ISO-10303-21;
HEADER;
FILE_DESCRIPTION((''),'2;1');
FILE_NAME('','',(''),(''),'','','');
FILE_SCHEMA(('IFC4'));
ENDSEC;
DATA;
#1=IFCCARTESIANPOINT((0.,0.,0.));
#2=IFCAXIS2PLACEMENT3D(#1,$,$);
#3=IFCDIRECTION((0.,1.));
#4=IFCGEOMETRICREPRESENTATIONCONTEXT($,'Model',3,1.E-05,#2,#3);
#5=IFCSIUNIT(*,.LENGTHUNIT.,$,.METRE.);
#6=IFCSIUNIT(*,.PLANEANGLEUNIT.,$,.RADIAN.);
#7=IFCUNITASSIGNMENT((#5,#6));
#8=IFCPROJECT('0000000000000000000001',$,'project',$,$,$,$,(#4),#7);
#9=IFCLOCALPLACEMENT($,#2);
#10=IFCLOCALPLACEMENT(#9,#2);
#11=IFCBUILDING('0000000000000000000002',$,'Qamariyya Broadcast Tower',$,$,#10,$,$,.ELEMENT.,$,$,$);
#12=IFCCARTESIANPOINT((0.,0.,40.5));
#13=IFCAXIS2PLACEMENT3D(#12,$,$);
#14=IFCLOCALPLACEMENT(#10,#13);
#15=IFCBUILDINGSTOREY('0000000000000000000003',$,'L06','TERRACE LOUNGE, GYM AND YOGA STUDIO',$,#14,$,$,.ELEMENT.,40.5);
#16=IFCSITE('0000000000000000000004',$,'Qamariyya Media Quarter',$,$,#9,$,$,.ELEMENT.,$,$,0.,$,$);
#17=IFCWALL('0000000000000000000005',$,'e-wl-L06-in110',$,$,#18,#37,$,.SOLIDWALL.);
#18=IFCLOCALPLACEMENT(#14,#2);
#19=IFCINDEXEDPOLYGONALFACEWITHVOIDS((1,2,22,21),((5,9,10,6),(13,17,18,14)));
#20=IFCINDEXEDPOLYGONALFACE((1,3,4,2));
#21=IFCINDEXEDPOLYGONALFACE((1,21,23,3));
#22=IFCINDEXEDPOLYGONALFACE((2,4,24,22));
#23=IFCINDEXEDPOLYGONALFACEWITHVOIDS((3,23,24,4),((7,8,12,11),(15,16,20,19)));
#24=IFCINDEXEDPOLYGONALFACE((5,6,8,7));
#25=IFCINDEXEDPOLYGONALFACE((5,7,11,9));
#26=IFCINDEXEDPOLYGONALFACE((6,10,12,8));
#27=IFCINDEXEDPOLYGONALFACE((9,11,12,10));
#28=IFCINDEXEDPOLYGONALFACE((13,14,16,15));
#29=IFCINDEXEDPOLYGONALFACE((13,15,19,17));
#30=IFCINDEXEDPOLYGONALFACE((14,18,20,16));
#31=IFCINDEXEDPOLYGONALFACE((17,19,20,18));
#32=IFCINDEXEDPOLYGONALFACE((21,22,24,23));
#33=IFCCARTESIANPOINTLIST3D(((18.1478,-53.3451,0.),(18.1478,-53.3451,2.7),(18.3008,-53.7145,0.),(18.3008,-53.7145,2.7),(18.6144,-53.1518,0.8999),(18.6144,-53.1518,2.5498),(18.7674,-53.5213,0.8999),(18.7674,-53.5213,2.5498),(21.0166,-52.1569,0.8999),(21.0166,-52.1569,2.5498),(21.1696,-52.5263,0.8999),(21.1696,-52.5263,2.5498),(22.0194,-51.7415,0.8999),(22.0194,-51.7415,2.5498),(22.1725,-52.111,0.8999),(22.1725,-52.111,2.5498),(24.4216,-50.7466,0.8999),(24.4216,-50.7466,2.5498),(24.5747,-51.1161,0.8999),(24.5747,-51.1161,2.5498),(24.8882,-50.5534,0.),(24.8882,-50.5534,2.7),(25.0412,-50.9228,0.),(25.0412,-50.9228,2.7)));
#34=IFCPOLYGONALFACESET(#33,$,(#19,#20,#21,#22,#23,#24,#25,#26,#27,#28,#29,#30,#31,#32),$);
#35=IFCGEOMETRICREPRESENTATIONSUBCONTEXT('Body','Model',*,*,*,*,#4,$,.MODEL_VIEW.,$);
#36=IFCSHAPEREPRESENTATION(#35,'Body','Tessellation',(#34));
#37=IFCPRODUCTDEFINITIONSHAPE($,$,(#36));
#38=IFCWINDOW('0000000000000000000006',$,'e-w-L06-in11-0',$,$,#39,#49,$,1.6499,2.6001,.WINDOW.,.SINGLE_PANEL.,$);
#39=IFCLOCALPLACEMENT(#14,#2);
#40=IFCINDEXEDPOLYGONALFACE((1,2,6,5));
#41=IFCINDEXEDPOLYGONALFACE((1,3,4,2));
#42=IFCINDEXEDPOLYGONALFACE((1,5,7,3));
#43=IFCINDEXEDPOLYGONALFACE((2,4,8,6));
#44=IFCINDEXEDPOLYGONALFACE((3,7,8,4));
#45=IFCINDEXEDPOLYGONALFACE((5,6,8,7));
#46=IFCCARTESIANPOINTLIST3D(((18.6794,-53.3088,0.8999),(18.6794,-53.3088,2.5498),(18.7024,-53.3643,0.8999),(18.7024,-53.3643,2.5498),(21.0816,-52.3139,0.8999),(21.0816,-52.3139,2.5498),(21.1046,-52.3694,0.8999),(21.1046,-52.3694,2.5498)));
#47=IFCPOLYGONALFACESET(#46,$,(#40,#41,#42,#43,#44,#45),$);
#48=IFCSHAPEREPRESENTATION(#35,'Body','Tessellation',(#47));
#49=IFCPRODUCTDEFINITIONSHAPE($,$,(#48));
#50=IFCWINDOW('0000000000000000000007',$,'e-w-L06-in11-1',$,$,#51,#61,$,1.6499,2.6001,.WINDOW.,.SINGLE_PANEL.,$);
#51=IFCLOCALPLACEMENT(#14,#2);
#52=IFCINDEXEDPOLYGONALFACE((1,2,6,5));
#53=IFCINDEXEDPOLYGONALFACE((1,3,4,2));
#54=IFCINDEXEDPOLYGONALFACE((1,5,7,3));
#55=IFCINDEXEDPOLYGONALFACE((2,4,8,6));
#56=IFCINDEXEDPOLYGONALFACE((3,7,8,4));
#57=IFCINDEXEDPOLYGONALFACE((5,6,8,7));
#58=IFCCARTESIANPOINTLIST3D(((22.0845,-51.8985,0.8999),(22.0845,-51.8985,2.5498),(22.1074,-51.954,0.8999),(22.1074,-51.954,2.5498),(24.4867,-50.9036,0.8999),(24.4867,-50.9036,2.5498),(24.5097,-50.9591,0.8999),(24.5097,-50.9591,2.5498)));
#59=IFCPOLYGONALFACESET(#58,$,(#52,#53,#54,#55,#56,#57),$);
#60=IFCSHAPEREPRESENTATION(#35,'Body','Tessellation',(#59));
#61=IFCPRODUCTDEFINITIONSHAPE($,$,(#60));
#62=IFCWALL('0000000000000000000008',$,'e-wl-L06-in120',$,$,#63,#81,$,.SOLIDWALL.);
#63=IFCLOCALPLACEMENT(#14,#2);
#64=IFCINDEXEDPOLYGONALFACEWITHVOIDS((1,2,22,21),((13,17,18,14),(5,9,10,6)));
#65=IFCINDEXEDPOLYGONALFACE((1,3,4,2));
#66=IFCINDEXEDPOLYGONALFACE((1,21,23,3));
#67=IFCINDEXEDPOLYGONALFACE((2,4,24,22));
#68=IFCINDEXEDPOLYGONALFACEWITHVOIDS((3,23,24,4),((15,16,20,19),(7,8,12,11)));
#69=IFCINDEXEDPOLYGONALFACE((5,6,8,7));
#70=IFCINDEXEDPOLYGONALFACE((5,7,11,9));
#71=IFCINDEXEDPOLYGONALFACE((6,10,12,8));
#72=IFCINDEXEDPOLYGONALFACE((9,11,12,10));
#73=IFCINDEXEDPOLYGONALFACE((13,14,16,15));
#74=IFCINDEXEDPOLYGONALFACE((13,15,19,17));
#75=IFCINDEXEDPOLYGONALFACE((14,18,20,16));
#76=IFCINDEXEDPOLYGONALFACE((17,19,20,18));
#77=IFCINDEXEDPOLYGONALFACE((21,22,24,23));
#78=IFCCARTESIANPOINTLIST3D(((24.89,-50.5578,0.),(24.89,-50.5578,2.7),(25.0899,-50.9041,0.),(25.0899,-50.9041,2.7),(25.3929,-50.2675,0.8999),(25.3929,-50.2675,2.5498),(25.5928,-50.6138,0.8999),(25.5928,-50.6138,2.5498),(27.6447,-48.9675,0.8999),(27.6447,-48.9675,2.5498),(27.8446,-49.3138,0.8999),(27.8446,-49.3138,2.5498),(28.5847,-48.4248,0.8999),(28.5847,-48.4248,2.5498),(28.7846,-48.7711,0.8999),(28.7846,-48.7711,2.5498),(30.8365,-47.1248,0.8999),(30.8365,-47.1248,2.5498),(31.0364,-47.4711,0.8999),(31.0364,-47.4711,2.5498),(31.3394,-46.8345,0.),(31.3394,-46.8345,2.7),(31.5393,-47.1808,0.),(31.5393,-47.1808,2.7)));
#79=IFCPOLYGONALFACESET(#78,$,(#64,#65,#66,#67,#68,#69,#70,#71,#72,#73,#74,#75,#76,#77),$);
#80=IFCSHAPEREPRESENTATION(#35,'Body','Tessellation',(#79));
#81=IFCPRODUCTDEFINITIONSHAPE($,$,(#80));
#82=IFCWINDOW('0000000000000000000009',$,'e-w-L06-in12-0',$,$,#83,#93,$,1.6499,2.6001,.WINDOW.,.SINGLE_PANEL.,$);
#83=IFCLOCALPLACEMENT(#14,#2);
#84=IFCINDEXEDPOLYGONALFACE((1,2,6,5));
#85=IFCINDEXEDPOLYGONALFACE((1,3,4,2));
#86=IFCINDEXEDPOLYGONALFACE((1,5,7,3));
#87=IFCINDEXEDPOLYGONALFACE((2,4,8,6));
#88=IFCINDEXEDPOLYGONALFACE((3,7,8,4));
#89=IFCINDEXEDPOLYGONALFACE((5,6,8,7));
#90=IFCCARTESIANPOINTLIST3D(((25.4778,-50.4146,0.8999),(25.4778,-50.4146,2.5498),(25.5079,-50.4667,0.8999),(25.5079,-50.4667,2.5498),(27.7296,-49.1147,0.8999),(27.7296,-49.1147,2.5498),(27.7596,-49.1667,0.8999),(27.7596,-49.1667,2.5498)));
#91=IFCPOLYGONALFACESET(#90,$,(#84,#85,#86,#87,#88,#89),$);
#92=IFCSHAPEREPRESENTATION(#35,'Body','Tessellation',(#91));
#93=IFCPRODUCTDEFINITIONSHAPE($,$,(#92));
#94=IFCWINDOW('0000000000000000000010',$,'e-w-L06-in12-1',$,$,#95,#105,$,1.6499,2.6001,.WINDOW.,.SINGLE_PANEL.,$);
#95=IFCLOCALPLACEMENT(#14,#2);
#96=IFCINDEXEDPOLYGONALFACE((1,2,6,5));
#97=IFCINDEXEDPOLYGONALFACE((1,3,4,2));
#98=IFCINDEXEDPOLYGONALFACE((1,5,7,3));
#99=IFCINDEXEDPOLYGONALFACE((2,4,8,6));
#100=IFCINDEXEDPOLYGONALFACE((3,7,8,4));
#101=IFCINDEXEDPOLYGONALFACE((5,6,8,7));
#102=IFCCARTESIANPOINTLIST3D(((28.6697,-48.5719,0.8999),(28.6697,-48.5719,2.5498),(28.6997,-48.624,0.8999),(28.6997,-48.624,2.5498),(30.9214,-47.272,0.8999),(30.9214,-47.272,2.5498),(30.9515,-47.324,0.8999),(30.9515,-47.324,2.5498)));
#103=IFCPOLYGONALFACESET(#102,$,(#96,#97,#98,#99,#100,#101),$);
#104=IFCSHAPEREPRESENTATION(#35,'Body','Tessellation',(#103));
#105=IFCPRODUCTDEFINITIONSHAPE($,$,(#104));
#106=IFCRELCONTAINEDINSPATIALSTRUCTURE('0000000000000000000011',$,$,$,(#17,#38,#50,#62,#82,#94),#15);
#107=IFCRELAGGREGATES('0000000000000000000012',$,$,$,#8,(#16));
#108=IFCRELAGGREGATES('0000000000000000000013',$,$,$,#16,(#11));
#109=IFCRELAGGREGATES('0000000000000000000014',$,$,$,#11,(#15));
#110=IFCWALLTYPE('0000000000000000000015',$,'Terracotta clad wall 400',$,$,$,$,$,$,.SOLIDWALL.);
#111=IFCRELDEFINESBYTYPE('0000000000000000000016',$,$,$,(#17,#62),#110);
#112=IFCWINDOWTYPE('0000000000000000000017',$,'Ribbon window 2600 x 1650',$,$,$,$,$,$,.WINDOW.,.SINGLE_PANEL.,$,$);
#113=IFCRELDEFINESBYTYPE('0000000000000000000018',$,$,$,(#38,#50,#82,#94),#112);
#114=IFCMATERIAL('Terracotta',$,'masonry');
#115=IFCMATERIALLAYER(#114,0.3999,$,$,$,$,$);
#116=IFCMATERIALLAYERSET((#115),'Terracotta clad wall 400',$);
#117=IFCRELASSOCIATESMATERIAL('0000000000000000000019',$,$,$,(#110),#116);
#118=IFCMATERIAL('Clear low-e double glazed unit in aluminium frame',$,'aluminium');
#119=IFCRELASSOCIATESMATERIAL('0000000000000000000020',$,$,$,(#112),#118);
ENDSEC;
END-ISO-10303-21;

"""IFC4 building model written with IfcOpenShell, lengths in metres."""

from ifc_helpers import new_model, si_unit, direction, frame, frame_2d, origin, place, context, subcontext, project, spatial, rectangle, extrude, material, layer, layer_set, type_object, element, fill, save


model = new_model("IFC4")

# Units and contexts
model_context = context("Model", 3, precision=1e-05, world=origin(), true_north=direction((0.0, 1.0)))
body_context = subcontext(model_context, "Body", "Model", "MODEL_VIEW")
ifc_project = project(units=[si_unit("LENGTHUNIT", "METRE"), si_unit("PLANEANGLEUNIT", "RADIAN")], contexts=[model_context])

# Site, building, storey
site_placement = place(None, origin())
site = spatial("IfcSite", under=ifc_project, at=site_placement, Name="Qamariyya Media Quarter", CompositionType="ELEMENT", RefElevation=0.0)
building_placement = place(site_placement, origin())
building = spatial("IfcBuilding", under=site, at=building_placement, Name="Qamariyya Broadcast Tower", CompositionType="ELEMENT")
storey_placement = place(building_placement, frame((0.0, 0.0, 40.5)))
storey = spatial("IfcBuildingStorey", under=building, at=storey_placement, Name="L06", Description="TERRACE LOUNGE, GYM AND YOGA STUDIO", CompositionType="ELEMENT", Elevation=40.5)

# Walls, openings, windows
ifc_material_1 = material(Name="Terracotta", Category="masonry")
ifc_layer_1 = layer(ifc_material_1, 0.3999)
ifc_layer_set_1 = layer_set([ifc_layer_1], Name="Terracotta clad wall 400")
wall_type_1 = type_object("IfcWallType", Name="Terracotta clad wall 400", PredefinedType="SOLIDWALL", material=ifc_layer_set_1)
wall_1_placement = place(storey_placement, frame((24.9648, -50.738, 0.0), z_axis=(0.0, 0.0, 1.0), x_axis=(-0.923892, -0.382654, 0.0)))
wall_1 = element("IfcWall", 1, at=wall_1_placement, inside=storey, type_object=wall_type_1, Name="e-wl-L06-in110", PredefinedType="SOLIDWALL", context=body_context, shape_type="SweptSolid", body=[
    extrude(rectangle(XDim=7.2957, YDim=0.3999, at=frame_2d((3.6479, 0.0))), origin(), (0.0, 0.0, 1.0), 2.7),
])
opening_1_placement = place(wall_1_placement, frame((4.1907, 0.0, 0.8999)))
opening_1 = element("IfcOpeningElement", 2, at=opening_1_placement, cuts=wall_1, PredefinedType="OPENING", context=body_context, shape_type="SweptSolid", body=[
    extrude(rectangle(XDim=2.6001, YDim=1.6499, at=frame_2d((1.3, 0.825))), frame((0.0, 0.21, 0.0), z_axis=(0.0, -1.0, 0.0), x_axis=(1.0, 0.0, 0.0)), (0.0, 0.0, 1.0), 0.4199),
])
opening_2_placement = place(wall_1_placement, frame((0.5051, 0.0, 0.8999)))
opening_2 = element("IfcOpeningElement", 3, at=opening_2_placement, cuts=wall_1, PredefinedType="OPENING", context=body_context, shape_type="SweptSolid", body=[
    extrude(rectangle(XDim=2.6001, YDim=1.6499, at=frame_2d((1.3, 0.825))), frame((0.0, 0.21, 0.0), z_axis=(0.0, -1.0, 0.0), x_axis=(1.0, 0.0, 0.0)), (0.0, 0.0, 1.0), 0.4199),
])
ifc_material_2 = material(Name="Clear low-e double glazed unit in aluminium frame", Category="aluminium")
window_type = type_object("IfcWindowType", Name="Ribbon window 2600 x 1650", PartitioningType="SINGLE_PANEL", PredefinedType="WINDOW", material=ifc_material_2)
window_1_placement = place(opening_1_placement, origin())
window_1 = element("IfcWindow", 4, at=window_1_placement, inside=storey, type_object=window_type, Name="e-w-L06-in11-0", OverallHeight=1.6499, OverallWidth=2.6001, PartitioningType="SINGLE_PANEL", PredefinedType="WINDOW", context=body_context, shape_type="SweptSolid", body=[
    extrude(rectangle(XDim=2.6001, YDim=1.6499, at=frame_2d((1.3, 0.825))), frame((0.0, 0.03, 0.0), z_axis=(0.0, -1.0, 0.0), x_axis=(1.0, 0.0, 0.0)), (0.0, 0.0, 1.0), 0.0601),
])
fill(opening_1, window_1)
window_2_placement = place(opening_2_placement, origin())
window_2 = element("IfcWindow", 5, at=window_2_placement, inside=storey, type_object=window_type, Name="e-w-L06-in11-1", OverallHeight=1.6499, OverallWidth=2.6001, PartitioningType="SINGLE_PANEL", PredefinedType="WINDOW", context=body_context, shape_type="SweptSolid", body=[
    extrude(rectangle(XDim=2.6001, YDim=1.6499, at=frame_2d((1.3, 0.825))), frame((0.0, 0.03, 0.0), z_axis=(0.0, -1.0, 0.0), x_axis=(1.0, 0.0, 0.0)), (0.0, 0.0, 1.0), 0.0601),
])
fill(opening_2, window_2)
wall_2_placement = place(storey_placement, frame((31.4395, -47.0076, 0.0), z_axis=(0.0, 0.0, 1.0), x_axis=(-0.866038, -0.499979, 0.0)))
wall_2 = element("IfcWall", 6, at=wall_2_placement, inside=storey, type_object=wall_type_1, Name="e-wl-L06-in120", PredefinedType="SOLIDWALL", context=body_context, shape_type="SweptSolid", body=[
    extrude(rectangle(XDim=7.447, YDim=0.3999, at=frame_2d((3.7236, 0.0))), origin(), (0.0, 0.0, 1.0), 2.7),
])
opening_3_placement = place(wall_2_placement, frame((4.2664, 0.0, 0.8999)))
opening_3 = element("IfcOpeningElement", 7, at=opening_3_placement, cuts=wall_2, PredefinedType="OPENING", context=body_context, shape_type="SweptSolid", body=[
    extrude(rectangle(XDim=2.6001, YDim=1.6499, at=frame_2d((1.3, 0.825))), frame((0.0, 0.21, 0.0), z_axis=(0.0, -1.0, 0.0), x_axis=(1.0, 0.0, 0.0)), (0.0, 0.0, 1.0), 0.4199),
])
opening_4_placement = place(wall_2_placement, frame((0.5808, 0.0, 0.8999)))
opening_4 = element("IfcOpeningElement", 8, at=opening_4_placement, cuts=wall_2, PredefinedType="OPENING", context=body_context, shape_type="SweptSolid", body=[
    extrude(rectangle(XDim=2.6001, YDim=1.6499, at=frame_2d((1.3, 0.825))), frame((0.0, 0.21, 0.0), z_axis=(0.0, -1.0, 0.0), x_axis=(1.0, 0.0, 0.0)), (0.0, 0.0, 1.0), 0.4199),
])
window_3_placement = place(opening_3_placement, origin())
window_3 = element("IfcWindow", 9, at=window_3_placement, inside=storey, type_object=window_type, Name="e-w-L06-in12-0", OverallHeight=1.6499, OverallWidth=2.6001, PartitioningType="SINGLE_PANEL", PredefinedType="WINDOW", context=body_context, shape_type="SweptSolid", body=[
    extrude(rectangle(XDim=2.6001, YDim=1.6499, at=frame_2d((1.3, 0.825))), frame((0.0, 0.03, 0.0), z_axis=(0.0, -1.0, 0.0), x_axis=(1.0, 0.0, 0.0)), (0.0, 0.0, 1.0), 0.0601),
])
fill(opening_3, window_3)
window_4_placement = place(opening_4_placement, origin())
window_4 = element("IfcWindow", 10, at=window_4_placement, inside=storey, type_object=window_type, Name="e-w-L06-in12-1", OverallHeight=1.6499, OverallWidth=2.6001, PartitioningType="SINGLE_PANEL", PredefinedType="WINDOW", context=body_context, shape_type="SweptSolid", body=[
    extrude(rectangle(XDim=2.6001, YDim=1.6499, at=frame_2d((1.3, 0.825))), frame((0.0, 0.03, 0.0), z_axis=(0.0, -1.0, 0.0), x_axis=(1.0, 0.0, 0.0)), (0.0, 0.0, 1.0), 0.0601),
])
fill(opening_4, window_4)

save(model, "model.ifc")
